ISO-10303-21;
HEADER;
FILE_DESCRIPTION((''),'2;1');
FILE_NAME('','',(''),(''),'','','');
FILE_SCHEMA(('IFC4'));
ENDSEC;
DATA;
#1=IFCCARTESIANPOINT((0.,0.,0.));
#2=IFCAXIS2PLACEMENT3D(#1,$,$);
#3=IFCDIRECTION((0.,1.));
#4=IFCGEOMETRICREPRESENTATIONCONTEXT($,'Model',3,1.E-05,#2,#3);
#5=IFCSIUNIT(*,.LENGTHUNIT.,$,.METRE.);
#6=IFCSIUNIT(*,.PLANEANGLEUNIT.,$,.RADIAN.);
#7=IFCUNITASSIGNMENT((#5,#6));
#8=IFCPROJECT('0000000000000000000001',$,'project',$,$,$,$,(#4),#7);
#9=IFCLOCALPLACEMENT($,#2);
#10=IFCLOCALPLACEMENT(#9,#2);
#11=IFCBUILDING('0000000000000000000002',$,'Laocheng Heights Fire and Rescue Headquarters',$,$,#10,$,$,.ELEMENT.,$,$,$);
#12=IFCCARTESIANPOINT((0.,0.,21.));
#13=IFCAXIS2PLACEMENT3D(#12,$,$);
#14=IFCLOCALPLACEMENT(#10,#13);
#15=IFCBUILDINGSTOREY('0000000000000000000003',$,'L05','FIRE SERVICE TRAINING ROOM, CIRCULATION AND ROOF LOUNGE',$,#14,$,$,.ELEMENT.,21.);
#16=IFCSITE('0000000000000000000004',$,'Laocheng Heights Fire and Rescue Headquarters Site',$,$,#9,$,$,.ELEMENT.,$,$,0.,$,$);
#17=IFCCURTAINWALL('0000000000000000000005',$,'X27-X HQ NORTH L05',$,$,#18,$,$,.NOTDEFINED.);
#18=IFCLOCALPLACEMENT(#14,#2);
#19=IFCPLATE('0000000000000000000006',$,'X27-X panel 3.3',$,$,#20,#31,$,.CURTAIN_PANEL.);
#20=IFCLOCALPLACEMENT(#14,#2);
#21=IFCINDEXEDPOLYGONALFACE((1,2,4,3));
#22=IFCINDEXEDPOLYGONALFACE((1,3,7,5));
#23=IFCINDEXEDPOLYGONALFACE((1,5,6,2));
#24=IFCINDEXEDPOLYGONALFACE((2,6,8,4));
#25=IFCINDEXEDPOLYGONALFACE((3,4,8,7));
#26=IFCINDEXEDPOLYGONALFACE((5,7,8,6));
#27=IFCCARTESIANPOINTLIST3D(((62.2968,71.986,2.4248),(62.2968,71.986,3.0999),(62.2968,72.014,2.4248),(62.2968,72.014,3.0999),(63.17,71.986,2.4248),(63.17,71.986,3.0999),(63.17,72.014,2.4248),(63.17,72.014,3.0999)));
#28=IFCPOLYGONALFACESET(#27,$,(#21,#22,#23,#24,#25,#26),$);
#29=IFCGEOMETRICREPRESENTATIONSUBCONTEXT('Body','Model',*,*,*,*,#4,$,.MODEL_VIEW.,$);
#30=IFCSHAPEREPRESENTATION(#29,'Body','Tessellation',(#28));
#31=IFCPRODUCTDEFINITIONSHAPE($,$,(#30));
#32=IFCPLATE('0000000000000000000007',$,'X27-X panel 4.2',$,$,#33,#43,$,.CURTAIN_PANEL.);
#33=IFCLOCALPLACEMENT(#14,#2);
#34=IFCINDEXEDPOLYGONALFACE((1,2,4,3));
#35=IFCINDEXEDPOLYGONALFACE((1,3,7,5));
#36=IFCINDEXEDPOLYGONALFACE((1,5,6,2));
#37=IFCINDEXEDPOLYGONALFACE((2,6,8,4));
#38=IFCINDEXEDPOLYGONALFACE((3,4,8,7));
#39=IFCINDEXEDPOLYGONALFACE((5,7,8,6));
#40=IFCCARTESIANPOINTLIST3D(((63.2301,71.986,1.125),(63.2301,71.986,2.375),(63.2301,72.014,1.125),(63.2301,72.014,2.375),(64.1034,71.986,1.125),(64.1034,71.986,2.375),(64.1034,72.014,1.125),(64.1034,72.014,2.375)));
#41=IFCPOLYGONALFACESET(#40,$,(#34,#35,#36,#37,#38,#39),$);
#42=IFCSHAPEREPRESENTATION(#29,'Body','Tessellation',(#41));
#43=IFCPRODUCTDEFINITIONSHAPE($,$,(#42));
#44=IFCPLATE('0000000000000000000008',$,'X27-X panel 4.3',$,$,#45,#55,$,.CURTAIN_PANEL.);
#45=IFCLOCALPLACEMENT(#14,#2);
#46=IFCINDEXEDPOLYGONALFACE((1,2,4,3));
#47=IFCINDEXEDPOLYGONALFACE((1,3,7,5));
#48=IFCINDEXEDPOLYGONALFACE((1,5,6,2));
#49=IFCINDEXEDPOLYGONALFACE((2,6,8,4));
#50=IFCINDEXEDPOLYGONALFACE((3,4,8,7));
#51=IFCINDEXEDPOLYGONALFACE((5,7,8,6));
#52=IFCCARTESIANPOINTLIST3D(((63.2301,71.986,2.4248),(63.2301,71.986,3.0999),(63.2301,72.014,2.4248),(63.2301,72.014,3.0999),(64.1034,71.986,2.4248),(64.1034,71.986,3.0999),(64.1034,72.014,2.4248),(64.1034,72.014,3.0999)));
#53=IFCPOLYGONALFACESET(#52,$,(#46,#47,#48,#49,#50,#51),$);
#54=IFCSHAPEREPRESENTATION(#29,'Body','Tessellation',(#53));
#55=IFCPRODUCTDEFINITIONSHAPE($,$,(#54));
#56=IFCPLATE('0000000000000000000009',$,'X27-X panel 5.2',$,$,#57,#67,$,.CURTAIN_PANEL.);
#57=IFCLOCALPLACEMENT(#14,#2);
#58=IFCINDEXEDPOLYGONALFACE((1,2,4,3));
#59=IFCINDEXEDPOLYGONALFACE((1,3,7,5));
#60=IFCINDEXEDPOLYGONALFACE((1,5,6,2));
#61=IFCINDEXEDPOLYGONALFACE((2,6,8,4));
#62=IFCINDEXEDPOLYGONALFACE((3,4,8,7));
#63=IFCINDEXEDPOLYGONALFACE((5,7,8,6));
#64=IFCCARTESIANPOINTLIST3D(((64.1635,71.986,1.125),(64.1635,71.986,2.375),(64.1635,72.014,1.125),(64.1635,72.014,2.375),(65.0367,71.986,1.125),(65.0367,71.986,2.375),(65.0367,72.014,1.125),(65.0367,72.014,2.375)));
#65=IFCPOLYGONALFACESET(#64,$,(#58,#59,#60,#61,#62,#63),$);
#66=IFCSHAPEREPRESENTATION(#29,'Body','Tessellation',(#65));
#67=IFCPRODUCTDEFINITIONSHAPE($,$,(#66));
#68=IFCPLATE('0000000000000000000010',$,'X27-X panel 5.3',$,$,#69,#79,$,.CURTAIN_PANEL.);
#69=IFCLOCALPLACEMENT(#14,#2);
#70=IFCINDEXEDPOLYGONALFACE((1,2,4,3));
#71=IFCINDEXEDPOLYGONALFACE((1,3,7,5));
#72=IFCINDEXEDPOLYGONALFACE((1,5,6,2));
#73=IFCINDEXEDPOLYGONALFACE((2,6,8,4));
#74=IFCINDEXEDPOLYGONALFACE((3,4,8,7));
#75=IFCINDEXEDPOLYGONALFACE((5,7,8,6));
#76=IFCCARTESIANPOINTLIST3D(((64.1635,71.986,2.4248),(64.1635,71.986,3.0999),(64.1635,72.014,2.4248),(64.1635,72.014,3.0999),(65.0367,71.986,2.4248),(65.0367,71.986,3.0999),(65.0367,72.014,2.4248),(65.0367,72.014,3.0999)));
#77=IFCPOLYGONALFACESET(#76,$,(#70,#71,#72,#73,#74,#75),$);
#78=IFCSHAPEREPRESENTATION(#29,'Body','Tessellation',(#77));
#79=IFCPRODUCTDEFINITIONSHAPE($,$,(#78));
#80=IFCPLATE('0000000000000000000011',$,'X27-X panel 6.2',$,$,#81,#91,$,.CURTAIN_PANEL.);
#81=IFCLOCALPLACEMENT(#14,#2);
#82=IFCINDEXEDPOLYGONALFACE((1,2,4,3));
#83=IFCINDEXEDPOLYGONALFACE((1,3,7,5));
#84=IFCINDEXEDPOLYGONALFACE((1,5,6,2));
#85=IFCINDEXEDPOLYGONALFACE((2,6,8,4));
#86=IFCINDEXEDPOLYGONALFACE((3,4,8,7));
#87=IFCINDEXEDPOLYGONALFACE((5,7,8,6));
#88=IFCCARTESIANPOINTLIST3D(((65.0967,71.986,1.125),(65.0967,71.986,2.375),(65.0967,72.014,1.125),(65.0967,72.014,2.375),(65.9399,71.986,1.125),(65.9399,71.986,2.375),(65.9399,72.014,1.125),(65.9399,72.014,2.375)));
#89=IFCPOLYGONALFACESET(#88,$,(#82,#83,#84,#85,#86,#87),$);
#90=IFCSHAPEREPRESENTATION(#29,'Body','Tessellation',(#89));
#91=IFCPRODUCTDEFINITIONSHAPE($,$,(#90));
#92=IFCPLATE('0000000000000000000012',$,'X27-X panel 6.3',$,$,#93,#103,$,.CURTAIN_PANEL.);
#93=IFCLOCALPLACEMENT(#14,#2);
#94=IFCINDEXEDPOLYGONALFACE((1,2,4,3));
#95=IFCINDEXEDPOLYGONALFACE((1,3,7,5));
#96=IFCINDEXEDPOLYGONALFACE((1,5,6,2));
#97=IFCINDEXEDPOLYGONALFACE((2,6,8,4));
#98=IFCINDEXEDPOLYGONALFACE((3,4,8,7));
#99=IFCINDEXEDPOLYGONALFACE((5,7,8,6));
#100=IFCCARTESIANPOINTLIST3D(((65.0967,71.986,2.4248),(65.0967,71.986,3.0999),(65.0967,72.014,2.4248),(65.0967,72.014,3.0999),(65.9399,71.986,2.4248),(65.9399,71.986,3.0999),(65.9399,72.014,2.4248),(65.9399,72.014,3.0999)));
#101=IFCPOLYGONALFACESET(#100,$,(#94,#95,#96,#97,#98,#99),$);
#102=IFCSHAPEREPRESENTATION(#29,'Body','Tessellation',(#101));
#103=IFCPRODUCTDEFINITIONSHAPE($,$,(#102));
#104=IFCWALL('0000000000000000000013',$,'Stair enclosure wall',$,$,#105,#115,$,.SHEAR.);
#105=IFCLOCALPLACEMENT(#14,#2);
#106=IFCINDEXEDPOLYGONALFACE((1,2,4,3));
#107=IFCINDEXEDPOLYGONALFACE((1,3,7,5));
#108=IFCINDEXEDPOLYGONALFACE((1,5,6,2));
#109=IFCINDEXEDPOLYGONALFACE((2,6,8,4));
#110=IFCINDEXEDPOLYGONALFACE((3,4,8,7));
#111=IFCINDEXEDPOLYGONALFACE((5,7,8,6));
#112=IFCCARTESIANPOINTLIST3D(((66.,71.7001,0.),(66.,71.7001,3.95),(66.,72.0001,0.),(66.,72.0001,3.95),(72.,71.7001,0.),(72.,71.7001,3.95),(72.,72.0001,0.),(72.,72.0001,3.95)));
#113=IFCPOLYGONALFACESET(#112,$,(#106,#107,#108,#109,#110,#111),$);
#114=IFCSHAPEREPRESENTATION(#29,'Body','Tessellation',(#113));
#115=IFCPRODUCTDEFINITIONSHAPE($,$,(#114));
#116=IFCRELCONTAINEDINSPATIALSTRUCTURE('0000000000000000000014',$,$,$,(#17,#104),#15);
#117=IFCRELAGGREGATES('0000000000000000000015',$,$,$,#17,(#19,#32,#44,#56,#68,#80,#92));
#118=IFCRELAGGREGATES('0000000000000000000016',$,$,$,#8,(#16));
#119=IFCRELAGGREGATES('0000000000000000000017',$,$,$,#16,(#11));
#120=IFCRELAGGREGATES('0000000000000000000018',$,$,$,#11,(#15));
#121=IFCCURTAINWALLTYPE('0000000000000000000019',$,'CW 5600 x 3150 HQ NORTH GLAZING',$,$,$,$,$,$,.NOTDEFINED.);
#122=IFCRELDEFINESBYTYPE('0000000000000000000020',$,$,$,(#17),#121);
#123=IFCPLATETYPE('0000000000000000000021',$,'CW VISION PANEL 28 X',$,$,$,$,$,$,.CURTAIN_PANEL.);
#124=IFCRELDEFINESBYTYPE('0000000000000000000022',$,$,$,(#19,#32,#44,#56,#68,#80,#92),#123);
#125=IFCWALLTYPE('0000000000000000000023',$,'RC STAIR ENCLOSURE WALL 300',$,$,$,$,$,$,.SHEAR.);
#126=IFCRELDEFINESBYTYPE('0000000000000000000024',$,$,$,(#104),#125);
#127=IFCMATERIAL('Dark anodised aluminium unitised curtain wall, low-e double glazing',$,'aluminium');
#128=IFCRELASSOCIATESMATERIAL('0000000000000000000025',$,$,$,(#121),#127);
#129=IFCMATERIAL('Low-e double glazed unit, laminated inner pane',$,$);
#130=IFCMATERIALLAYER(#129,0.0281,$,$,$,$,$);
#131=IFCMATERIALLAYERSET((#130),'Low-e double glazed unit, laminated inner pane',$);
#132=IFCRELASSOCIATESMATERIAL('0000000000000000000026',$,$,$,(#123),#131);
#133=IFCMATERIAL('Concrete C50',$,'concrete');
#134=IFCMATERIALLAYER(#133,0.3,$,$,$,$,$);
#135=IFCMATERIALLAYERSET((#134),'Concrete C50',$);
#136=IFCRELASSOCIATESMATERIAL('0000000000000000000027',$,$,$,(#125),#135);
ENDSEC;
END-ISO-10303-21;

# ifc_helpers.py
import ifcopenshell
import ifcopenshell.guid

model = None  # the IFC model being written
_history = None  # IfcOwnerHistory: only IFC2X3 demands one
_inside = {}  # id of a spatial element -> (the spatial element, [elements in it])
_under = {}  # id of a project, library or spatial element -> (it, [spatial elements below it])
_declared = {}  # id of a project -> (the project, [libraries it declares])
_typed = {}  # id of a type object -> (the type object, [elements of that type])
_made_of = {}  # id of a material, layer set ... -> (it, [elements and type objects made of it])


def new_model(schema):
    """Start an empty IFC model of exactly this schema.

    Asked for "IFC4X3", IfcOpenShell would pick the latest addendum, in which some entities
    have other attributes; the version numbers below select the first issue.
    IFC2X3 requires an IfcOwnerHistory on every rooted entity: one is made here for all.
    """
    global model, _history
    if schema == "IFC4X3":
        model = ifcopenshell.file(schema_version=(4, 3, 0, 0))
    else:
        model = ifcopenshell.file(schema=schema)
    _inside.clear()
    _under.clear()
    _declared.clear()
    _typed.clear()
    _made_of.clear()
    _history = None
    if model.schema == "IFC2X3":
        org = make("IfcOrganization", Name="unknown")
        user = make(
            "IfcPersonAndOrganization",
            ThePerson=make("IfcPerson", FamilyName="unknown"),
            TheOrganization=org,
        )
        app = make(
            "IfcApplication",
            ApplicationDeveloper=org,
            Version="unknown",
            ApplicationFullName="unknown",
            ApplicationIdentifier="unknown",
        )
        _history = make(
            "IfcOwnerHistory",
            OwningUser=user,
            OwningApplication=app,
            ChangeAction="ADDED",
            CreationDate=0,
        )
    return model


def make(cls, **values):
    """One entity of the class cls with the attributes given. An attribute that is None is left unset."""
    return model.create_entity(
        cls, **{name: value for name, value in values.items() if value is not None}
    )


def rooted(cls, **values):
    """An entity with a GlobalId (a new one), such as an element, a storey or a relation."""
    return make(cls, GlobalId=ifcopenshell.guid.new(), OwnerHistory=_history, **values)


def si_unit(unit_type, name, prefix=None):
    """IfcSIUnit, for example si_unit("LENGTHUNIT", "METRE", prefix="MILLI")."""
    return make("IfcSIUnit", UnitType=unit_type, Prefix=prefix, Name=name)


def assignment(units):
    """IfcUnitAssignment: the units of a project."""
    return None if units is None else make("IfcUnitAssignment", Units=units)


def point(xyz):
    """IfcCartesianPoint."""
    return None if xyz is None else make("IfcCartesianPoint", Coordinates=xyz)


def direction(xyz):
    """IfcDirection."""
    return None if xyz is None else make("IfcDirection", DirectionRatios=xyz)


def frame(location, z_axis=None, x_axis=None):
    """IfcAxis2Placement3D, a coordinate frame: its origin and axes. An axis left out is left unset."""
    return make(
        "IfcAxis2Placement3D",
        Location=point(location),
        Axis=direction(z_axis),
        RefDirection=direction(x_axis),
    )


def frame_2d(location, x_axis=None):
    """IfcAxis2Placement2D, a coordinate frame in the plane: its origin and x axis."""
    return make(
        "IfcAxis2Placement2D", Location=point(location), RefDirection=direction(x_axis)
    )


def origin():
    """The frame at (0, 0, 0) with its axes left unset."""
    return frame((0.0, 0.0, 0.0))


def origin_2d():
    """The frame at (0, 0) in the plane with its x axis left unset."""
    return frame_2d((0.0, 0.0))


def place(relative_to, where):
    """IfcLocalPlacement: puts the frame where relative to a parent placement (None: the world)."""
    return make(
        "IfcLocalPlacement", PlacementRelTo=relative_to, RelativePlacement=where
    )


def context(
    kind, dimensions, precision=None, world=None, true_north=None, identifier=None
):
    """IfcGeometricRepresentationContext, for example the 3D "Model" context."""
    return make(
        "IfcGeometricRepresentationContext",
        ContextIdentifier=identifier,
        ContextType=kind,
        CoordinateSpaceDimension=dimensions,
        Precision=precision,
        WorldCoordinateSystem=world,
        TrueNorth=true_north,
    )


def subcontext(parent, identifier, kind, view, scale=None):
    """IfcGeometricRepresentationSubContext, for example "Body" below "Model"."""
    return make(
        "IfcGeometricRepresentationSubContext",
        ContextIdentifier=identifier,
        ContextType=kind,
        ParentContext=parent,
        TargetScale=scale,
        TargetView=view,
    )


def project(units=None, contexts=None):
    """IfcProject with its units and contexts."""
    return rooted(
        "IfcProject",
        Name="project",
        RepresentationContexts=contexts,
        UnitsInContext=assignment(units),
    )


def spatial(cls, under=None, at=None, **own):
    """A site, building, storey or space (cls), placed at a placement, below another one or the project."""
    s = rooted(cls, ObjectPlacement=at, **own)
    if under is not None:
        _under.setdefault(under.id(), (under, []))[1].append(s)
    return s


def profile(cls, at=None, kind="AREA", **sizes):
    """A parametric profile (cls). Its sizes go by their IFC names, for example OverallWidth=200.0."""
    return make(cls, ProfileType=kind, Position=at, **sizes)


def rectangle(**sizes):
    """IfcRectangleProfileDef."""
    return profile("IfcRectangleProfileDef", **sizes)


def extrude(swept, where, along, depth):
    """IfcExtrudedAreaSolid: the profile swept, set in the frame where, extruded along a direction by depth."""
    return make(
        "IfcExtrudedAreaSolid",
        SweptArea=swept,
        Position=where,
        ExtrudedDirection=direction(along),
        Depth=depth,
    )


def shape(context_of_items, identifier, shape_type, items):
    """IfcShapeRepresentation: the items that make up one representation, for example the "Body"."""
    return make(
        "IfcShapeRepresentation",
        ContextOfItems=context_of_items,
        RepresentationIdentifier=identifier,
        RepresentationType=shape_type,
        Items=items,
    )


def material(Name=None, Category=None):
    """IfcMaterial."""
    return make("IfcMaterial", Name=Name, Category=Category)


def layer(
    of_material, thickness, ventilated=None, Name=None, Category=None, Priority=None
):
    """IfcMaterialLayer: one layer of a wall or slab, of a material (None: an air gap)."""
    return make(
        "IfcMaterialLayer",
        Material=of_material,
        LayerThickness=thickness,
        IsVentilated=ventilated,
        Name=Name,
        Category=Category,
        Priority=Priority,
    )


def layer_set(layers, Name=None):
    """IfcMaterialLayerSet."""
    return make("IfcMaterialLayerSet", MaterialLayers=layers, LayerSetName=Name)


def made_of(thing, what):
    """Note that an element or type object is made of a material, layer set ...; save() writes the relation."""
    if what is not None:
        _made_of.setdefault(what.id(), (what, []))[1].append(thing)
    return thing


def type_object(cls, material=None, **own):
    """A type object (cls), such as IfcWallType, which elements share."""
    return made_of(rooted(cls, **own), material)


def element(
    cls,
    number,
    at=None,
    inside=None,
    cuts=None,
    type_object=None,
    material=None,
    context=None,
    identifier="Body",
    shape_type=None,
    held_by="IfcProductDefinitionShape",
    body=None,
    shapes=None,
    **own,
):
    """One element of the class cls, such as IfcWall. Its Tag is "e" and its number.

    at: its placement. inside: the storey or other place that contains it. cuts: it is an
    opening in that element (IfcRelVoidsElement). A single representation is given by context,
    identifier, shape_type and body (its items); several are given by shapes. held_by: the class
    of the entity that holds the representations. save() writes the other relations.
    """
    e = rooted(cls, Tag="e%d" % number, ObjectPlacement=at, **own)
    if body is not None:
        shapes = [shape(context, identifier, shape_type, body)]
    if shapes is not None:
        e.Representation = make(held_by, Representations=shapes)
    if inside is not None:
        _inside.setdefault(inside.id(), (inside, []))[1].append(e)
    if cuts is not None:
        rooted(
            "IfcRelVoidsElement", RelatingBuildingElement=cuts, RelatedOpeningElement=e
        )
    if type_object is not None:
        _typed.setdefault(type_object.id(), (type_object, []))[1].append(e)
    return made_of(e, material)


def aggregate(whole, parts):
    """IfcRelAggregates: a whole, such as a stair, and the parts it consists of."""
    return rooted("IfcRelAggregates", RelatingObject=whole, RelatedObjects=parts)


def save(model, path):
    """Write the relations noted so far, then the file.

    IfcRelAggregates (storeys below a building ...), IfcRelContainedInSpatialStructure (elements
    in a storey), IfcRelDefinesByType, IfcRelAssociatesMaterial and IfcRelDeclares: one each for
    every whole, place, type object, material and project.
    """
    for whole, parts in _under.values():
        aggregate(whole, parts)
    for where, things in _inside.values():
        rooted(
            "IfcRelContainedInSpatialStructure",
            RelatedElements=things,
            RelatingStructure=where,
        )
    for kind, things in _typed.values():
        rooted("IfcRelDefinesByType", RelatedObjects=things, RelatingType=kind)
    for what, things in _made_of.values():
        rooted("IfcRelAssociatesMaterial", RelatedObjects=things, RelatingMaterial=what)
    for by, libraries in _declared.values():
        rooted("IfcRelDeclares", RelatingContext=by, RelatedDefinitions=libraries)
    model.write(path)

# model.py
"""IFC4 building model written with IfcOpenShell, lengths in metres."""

from ifc_helpers import new_model, si_unit, direction, frame, frame_2d, origin, origin_2d, place, context, subcontext, project, spatial, rectangle, extrude, material, layer, layer_set, type_object, element, aggregate, save


model = new_model("IFC4")

# Units and contexts
model_context = context("Model", 3, precision=1e-05, world=origin(), true_north=direction((0.0, 1.0)))
body_context = subcontext(model_context, "Body", "Model", "MODEL_VIEW")
ifc_project = project(units=[si_unit("LENGTHUNIT", "METRE"), si_unit("PLANEANGLEUNIT", "RADIAN")], contexts=[model_context])

# Site, building, storey
site_placement = place(None, origin())
site = spatial("IfcSite", under=ifc_project, at=site_placement, Name="Laocheng Heights Fire and Rescue Headquarters Site", CompositionType="ELEMENT", RefElevation=0.0)
building_placement = place(site_placement, origin())
building = spatial("IfcBuilding", under=site, at=building_placement, Name="Laocheng Heights Fire and Rescue Headquarters", CompositionType="ELEMENT")
storey_placement = place(building_placement, frame((0.0, 0.0, 21.0)))
storey = spatial("IfcBuildingStorey", under=building, at=storey_placement, Name="L05", Description="FIRE SERVICE TRAINING ROOM, CIRCULATION AND ROOF LOUNGE", CompositionType="ELEMENT", Elevation=21.0)

# Curtain wall, plates
ifc_material_1 = material(Name="Dark anodised aluminium unitised curtain wall, low-e double glazing", Category="aluminium")
curtain_wall_type = type_object("IfcCurtainWallType", Name="CW 5600 x 3150 HQ NORTH GLAZING", PredefinedType="NOTDEFINED", material=ifc_material_1)
curtain_wall_placement = place(storey_placement, origin())
curtain_wall = element("IfcCurtainWall", 1, at=curtain_wall_placement, inside=storey, type_object=curtain_wall_type, Name="X27-X HQ NORTH L05", PredefinedType="NOTDEFINED")
ifc_material_2 = material(Name="Low-e double glazed unit, laminated inner pane")
ifc_layer_1 = layer(ifc_material_2, 0.0281)
ifc_layer_set_1 = layer_set([ifc_layer_1], Name="Low-e double glazed unit, laminated inner pane")
plate_type_1 = type_object("IfcPlateType", Name="CW VISION PANEL 28 X", PredefinedType="CURTAIN_PANEL", material=ifc_layer_set_1)
plate_1_placement = place(storey_placement, frame((62.7334, 72.0, 2.4248), z_axis=(0.0, 0.0, 1.0), x_axis=(1.0, 0.0, 0.0)))
plate_1 = element("IfcPlate", 2, at=plate_1_placement, type_object=plate_type_1, Name="X27-X panel 3.3", PredefinedType="CURTAIN_PANEL", context=body_context, shape_type="SweptSolid", body=[
    extrude(rectangle(XDim=0.8733, YDim=0.0281, at=origin_2d()), origin(), (0.0, 0.0, 1.0), 0.675),
])
plate_2_placement = place(storey_placement, frame((63.6667, 72.0, 1.125), z_axis=(0.0, 0.0, 1.0), x_axis=(1.0, 0.0, 0.0)))
plate_2 = element("IfcPlate", 3, at=plate_2_placement, type_object=plate_type_1, Name="X27-X panel 4.2", PredefinedType="CURTAIN_PANEL", context=body_context, shape_type="SweptSolid", body=[
    extrude(rectangle(XDim=0.8733, YDim=0.0281, at=origin_2d()), origin(), (0.0, 0.0, 1.0), 1.25),
])
plate_3_placement = place(storey_placement, frame((63.6667, 72.0, 2.4248), z_axis=(0.0, 0.0, 1.0), x_axis=(1.0, 0.0, 0.0)))
plate_3 = element("IfcPlate", 4, at=plate_3_placement, type_object=plate_type_1, Name="X27-X panel 4.3", PredefinedType="CURTAIN_PANEL", context=body_context, shape_type="SweptSolid", body=[
    extrude(rectangle(XDim=0.8733, YDim=0.0281, at=origin_2d()), origin(), (0.0, 0.0, 1.0), 0.675),
])
plate_4_placement = place(storey_placement, frame((64.6001, 72.0, 1.125), z_axis=(0.0, 0.0, 1.0), x_axis=(1.0, 0.0, 0.0)))
plate_4 = element("IfcPlate", 5, at=plate_4_placement, type_object=plate_type_1, Name="X27-X panel 5.2", PredefinedType="CURTAIN_PANEL", context=body_context, shape_type="SweptSolid", body=[
    extrude(rectangle(XDim=0.8733, YDim=0.0281, at=origin_2d()), origin(), (0.0, 0.0, 1.0), 1.25),
])
plate_5_placement = place(storey_placement, frame((64.6001, 72.0, 2.4248), z_axis=(0.0, 0.0, 1.0), x_axis=(1.0, 0.0, 0.0)))
plate_5 = element("IfcPlate", 6, at=plate_5_placement, type_object=plate_type_1, Name="X27-X panel 5.3", PredefinedType="CURTAIN_PANEL", context=body_context, shape_type="SweptSolid", body=[
    extrude(rectangle(XDim=0.8733, YDim=0.0281, at=origin_2d()), origin(), (0.0, 0.0, 1.0), 0.675),
])
plate_6_placement = place(storey_placement, frame((65.5183, 72.0, 1.125), z_axis=(0.0, 0.0, 1.0), x_axis=(1.0, 0.0, 0.0)))
plate_6 = element("IfcPlate", 7, at=plate_6_placement, type_object=plate_type_1, Name="X27-X panel 6.2", PredefinedType="CURTAIN_PANEL", context=body_context, shape_type="SweptSolid", body=[
    extrude(rectangle(XDim=0.8433, YDim=0.0281, at=origin_2d()), origin(), (0.0, 0.0, 1.0), 1.25),
])
plate_7_placement = place(storey_placement, frame((65.5183, 72.0, 2.4248), z_axis=(0.0, 0.0, 1.0), x_axis=(1.0, 0.0, 0.0)))
plate_7 = element("IfcPlate", 8, at=plate_7_placement, type_object=plate_type_1, Name="X27-X panel 6.3", PredefinedType="CURTAIN_PANEL", context=body_context, shape_type="SweptSolid", body=[
    extrude(rectangle(XDim=0.8433, YDim=0.0281, at=origin_2d()), origin(), (0.0, 0.0, 1.0), 0.675),
])
aggregate(curtain_wall, [plate_1, plate_2, plate_3, plate_4, plate_5, plate_6, plate_7])

# Wall
ifc_material_3 = material(Name="Concrete C50", Category="concrete")
ifc_layer_2 = layer(ifc_material_3, 0.3)
ifc_layer_set_2 = layer_set([ifc_layer_2], Name="Concrete C50")
wall_type = type_object("IfcWallType", Name="RC STAIR ENCLOSURE WALL 300", PredefinedType="SHEAR", material=ifc_layer_set_2)
wall_placement = place(storey_placement, frame((66.0, 71.8501, 0.0), z_axis=(0.0, 0.0, 1.0), x_axis=(1.0, 0.0, 0.0)))
element("IfcWall", 9, at=wall_placement, inside=storey, type_object=wall_type, Name="Stair enclosure wall", PredefinedType="SHEAR", context=body_context, shape_type="SweptSolid", body=[
    extrude(rectangle(XDim=6.0, YDim=0.3, at=frame_2d((3.0, 0.0))), origin(), (0.0, 0.0, 1.0), 3.95),
])

save(model, "model.ifc")
